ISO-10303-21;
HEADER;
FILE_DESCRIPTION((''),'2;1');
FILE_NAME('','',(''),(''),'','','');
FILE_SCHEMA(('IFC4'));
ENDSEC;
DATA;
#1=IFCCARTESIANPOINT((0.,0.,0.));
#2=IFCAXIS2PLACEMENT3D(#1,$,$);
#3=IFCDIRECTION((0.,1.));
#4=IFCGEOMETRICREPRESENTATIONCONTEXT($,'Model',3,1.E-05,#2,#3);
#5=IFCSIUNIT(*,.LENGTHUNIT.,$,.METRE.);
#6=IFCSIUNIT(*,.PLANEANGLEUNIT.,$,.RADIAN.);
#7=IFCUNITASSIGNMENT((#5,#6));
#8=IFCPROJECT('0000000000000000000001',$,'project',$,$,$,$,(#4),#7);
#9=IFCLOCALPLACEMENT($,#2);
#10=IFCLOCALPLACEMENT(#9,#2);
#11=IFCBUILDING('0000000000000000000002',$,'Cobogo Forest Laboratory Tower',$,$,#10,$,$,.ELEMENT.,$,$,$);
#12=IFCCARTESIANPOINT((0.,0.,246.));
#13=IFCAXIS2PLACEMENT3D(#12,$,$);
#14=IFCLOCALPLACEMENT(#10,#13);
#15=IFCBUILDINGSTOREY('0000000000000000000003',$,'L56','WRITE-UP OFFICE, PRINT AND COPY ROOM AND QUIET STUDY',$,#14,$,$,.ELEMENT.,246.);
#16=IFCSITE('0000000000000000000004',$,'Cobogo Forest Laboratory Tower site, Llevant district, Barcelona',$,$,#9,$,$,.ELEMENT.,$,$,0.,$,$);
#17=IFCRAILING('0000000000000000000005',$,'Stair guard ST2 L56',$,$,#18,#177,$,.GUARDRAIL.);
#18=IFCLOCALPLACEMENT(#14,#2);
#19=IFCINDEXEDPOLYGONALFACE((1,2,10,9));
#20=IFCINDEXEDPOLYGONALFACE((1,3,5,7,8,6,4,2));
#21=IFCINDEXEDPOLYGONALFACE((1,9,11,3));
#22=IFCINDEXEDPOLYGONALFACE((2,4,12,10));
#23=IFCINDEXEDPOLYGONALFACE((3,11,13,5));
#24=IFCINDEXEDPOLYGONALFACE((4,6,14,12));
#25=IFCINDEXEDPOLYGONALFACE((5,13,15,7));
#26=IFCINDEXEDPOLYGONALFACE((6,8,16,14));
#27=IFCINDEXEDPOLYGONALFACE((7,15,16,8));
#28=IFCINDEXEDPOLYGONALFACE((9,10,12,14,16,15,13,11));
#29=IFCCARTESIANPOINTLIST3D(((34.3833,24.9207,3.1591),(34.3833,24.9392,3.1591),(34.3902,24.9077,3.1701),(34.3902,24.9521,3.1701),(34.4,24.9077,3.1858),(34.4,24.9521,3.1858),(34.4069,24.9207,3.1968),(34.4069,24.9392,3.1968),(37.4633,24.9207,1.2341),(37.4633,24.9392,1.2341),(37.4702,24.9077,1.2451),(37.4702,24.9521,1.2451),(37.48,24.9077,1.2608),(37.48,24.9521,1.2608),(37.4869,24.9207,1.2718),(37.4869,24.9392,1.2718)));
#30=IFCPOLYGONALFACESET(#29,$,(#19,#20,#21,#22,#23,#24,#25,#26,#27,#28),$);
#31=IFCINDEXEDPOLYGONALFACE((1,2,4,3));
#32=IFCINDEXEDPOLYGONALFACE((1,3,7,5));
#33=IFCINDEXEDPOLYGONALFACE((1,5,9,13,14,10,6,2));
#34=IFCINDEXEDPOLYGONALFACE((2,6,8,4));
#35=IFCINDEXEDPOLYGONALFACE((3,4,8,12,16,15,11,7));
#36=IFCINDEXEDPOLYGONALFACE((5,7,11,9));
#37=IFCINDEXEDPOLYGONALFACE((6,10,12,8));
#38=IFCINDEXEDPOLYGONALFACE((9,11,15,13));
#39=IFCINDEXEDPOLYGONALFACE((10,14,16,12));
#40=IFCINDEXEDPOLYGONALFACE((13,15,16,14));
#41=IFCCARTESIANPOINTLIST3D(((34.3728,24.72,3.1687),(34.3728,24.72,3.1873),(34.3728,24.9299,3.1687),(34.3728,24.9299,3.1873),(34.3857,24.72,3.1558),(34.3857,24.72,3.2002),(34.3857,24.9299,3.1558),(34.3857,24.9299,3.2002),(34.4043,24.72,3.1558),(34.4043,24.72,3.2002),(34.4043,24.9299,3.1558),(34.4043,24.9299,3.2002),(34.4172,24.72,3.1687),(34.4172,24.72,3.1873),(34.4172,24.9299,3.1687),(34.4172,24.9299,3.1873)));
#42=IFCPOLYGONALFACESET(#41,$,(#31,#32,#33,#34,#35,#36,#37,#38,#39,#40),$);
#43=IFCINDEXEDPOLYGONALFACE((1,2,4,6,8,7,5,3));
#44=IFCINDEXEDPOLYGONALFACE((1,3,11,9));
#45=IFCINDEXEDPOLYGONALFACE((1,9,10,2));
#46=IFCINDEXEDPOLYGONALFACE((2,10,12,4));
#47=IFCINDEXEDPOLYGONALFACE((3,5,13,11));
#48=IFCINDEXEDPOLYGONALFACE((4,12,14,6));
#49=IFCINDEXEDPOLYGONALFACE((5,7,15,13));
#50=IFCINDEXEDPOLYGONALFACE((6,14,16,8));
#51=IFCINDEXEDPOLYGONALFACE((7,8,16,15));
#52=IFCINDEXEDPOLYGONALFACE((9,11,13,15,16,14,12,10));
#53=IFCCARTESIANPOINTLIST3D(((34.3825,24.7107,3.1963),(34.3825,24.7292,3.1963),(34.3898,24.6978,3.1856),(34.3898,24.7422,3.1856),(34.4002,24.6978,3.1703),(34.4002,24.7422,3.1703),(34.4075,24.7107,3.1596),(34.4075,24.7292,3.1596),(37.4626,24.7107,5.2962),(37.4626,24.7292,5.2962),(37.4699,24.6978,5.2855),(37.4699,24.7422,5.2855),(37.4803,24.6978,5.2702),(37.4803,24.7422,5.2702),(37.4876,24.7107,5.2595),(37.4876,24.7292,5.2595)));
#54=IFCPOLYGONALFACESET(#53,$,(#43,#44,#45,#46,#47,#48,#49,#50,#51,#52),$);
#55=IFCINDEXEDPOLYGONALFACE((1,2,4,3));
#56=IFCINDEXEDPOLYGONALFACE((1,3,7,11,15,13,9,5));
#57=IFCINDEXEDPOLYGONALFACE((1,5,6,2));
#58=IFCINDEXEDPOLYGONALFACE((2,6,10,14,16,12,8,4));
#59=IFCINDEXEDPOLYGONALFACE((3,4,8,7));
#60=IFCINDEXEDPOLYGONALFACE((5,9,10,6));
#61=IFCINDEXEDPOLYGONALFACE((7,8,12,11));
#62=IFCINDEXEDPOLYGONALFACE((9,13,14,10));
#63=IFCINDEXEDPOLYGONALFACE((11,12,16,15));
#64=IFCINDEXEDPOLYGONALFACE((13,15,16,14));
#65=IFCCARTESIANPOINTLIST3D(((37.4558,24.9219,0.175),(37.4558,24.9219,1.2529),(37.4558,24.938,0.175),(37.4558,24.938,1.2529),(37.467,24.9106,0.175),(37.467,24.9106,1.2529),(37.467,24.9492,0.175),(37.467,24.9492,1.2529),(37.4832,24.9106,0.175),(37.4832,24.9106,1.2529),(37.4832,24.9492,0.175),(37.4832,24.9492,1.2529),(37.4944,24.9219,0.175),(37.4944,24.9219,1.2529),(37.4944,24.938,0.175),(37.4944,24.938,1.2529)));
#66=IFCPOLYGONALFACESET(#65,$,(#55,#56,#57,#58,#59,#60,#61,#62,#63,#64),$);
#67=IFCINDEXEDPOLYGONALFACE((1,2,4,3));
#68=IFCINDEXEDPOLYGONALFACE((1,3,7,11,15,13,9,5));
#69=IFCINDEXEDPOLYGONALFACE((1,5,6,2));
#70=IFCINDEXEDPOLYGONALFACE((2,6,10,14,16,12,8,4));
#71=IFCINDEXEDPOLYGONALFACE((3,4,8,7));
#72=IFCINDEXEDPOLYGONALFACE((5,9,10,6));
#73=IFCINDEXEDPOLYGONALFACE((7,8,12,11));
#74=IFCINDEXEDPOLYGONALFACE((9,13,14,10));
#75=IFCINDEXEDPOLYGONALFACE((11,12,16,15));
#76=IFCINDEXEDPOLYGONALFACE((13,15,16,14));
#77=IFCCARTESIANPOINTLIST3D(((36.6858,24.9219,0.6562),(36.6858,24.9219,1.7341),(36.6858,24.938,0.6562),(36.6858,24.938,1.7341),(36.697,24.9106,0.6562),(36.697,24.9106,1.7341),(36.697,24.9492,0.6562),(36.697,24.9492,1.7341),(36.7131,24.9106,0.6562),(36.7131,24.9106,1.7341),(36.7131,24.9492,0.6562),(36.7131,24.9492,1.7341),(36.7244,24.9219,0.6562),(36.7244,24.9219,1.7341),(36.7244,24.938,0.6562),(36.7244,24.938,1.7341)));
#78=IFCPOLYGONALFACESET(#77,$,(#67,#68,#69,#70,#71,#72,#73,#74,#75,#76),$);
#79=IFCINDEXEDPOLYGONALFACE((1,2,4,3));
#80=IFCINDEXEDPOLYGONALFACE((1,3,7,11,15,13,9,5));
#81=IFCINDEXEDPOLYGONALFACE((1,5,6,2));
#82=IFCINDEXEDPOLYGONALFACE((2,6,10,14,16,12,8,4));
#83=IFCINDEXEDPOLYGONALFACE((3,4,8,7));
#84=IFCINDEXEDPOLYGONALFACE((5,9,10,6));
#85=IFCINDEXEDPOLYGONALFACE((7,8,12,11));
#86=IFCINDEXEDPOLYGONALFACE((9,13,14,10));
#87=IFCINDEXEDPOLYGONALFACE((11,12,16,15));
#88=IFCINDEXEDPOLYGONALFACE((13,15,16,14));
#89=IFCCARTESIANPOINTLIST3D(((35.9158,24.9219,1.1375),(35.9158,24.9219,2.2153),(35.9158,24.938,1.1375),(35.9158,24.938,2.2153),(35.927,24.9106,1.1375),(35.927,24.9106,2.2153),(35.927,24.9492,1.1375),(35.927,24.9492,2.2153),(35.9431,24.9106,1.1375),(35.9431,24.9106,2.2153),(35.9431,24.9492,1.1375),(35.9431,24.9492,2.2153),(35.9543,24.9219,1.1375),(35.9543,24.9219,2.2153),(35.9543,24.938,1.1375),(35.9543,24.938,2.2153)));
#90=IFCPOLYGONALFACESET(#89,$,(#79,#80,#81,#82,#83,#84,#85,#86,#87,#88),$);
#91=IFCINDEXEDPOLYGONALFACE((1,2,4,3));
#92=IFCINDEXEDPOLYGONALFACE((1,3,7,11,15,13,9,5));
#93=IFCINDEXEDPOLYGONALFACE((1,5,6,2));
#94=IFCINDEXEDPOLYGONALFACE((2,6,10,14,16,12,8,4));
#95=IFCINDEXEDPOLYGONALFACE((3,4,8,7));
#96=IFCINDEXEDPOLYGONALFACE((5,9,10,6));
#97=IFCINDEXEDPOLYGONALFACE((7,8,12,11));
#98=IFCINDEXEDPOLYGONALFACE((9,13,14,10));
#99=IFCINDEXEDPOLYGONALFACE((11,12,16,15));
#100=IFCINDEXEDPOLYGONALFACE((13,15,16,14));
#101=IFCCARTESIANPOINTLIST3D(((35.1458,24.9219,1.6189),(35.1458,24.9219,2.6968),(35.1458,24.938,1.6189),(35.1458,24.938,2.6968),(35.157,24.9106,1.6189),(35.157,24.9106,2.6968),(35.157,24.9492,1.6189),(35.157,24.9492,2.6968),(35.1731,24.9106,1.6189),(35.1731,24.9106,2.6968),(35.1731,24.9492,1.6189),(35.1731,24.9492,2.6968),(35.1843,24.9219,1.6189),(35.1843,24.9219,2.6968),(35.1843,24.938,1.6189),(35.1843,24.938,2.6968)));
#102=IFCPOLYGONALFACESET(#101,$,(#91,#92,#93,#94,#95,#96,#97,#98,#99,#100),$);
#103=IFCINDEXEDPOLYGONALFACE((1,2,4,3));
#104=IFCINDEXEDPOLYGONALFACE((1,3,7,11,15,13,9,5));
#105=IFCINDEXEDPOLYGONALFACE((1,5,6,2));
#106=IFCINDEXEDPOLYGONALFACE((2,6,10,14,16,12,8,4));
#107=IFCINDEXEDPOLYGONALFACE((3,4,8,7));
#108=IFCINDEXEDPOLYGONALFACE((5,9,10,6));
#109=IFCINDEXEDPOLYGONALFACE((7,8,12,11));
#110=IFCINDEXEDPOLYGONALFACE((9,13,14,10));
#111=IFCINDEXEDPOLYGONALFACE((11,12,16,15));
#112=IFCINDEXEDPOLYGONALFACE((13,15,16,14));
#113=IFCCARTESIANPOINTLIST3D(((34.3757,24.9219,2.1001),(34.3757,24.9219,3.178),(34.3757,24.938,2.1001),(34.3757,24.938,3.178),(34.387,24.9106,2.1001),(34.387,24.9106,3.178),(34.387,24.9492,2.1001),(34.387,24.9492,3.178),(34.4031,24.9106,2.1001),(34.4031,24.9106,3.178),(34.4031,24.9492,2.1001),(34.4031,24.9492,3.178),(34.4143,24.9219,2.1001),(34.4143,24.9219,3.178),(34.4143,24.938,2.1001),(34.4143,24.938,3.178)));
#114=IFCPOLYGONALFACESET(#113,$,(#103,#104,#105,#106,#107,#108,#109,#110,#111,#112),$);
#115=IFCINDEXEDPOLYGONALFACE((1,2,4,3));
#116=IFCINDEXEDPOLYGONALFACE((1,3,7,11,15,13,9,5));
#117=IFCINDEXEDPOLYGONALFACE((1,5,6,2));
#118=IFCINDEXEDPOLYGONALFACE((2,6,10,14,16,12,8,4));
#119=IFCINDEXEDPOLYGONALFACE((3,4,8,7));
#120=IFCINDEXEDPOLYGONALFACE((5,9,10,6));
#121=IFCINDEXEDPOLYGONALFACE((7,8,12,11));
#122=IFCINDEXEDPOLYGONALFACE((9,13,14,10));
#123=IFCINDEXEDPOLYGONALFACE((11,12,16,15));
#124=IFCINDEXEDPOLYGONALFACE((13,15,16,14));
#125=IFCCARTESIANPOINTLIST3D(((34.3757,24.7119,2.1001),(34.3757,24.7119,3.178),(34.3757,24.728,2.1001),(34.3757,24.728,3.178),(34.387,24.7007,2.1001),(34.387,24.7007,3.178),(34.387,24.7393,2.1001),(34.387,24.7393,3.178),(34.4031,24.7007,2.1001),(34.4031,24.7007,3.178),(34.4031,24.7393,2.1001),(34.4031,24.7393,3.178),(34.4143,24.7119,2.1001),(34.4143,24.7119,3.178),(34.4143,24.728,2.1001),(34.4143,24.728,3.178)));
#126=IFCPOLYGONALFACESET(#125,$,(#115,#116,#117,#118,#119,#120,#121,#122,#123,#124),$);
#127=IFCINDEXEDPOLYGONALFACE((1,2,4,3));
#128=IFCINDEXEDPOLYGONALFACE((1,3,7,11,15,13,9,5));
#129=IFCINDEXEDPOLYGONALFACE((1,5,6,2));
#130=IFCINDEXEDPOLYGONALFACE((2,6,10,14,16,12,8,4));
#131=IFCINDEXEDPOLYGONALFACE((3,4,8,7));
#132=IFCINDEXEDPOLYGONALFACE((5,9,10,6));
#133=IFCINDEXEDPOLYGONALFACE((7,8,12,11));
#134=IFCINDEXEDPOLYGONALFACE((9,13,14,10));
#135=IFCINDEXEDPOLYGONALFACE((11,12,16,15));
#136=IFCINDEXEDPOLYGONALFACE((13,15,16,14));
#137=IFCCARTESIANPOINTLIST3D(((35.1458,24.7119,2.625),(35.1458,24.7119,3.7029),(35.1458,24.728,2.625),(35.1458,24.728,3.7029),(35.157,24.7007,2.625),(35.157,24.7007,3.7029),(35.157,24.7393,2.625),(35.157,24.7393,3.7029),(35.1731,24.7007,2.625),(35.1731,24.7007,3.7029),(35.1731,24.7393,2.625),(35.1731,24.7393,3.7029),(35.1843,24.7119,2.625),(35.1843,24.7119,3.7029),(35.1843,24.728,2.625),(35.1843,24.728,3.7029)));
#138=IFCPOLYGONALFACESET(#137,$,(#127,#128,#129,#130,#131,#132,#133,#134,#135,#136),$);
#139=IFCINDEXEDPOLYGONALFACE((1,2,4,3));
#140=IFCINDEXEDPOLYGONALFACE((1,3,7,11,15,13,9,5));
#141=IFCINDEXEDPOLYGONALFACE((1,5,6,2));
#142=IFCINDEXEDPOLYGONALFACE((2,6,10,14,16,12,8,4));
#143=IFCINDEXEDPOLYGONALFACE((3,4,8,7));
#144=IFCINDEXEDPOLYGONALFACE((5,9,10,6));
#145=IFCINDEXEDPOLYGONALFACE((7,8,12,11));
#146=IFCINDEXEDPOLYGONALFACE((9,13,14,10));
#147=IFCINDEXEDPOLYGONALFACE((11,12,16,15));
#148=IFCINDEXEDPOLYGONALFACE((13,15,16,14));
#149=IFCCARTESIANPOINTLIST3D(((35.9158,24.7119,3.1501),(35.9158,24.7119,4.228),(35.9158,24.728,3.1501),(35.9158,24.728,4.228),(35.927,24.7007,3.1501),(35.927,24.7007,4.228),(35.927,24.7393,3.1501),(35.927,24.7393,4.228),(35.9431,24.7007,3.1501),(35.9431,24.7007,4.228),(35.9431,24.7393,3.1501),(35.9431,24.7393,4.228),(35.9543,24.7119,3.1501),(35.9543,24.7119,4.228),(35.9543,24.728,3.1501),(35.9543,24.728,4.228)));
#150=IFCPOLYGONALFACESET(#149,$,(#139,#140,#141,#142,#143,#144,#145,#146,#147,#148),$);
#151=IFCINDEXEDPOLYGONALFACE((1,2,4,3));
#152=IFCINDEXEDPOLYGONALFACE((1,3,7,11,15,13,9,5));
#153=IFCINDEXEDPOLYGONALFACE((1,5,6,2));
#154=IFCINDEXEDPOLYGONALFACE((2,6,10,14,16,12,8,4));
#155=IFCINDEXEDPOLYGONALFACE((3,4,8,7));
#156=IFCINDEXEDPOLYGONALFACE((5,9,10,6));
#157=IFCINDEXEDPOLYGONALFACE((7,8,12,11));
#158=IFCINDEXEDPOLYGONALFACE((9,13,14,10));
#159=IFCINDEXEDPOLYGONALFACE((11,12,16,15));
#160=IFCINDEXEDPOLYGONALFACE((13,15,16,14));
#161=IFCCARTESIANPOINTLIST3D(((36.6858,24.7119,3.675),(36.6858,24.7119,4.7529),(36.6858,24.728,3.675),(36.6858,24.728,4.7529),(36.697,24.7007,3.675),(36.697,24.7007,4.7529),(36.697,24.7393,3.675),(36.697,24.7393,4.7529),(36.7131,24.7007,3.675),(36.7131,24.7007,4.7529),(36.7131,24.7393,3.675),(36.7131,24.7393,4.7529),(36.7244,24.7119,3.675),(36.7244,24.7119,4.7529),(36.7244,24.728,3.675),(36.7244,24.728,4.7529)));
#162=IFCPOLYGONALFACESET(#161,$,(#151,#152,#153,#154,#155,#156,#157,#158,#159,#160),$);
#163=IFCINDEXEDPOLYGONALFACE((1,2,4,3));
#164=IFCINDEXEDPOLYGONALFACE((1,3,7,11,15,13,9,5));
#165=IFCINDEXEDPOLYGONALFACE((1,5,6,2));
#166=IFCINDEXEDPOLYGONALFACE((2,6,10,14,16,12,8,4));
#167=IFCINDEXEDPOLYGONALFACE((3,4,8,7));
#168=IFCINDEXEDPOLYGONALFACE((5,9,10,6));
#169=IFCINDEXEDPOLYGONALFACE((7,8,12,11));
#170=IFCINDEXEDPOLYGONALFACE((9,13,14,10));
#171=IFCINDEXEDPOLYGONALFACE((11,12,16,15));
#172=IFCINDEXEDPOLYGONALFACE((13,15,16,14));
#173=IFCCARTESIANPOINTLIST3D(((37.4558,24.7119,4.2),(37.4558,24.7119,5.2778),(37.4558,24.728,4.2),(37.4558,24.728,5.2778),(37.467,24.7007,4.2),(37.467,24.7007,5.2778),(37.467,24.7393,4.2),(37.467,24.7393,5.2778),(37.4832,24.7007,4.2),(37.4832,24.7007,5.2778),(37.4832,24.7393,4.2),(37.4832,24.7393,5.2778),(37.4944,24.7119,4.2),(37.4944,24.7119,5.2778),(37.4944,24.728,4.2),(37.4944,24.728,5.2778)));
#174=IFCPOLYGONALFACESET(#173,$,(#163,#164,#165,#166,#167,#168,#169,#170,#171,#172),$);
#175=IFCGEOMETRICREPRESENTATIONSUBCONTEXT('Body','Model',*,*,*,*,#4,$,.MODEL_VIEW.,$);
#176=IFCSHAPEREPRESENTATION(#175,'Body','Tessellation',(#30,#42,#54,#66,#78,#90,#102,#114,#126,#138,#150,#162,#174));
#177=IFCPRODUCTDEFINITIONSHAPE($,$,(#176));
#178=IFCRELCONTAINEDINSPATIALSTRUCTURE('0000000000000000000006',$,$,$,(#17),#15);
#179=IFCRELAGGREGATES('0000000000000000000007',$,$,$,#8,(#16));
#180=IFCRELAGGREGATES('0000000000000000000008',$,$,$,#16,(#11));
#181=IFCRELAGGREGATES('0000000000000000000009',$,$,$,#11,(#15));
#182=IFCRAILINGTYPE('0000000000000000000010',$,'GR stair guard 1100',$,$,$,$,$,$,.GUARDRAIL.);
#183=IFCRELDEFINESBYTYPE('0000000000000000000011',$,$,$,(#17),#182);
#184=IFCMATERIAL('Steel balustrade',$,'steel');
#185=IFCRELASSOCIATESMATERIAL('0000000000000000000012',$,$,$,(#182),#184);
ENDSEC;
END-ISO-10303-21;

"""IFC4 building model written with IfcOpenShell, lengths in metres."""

from ifc_helpers import new_model, si_unit, direction, frame, origin, place, context, subcontext, project, spatial, polyline, outline, extrude, material, type_object, element, save


model = new_model("IFC4")

# Units and contexts
model_context = context("Model", 3, precision=1e-05, world=origin(), true_north=direction((0.0, 1.0)))
body_context = subcontext(model_context, "Body", "Model", "MODEL_VIEW")
ifc_project = project(units=[si_unit("LENGTHUNIT", "METRE"), si_unit("PLANEANGLEUNIT", "RADIAN")], contexts=[model_context])

# Site, building, storey
site_placement = place(None, origin())
site = spatial("IfcSite", under=ifc_project, at=site_placement, Name="Cobogo Forest Laboratory Tower site, Llevant district, Barcelona", CompositionType="ELEMENT", RefElevation=0.0)
building_placement = place(site_placement, origin())
building = spatial("IfcBuilding", under=site, at=building_placement, Name="Cobogo Forest Laboratory Tower", CompositionType="ELEMENT")
storey_placement = place(building_placement, frame((0.0, 0.0, 246.0)))
storey = spatial("IfcBuildingStorey", under=building, at=storey_placement, Name="L56", Description="WRITE-UP OFFICE, PRINT AND COPY ROOM AND QUIET STUDY", CompositionType="ELEMENT", Elevation=246.0)

# Railing
ifc_material_1 = material(Name="Steel balustrade", Category="steel")
railing_type_1 = type_object("IfcRailingType", Name="GR stair guard 1100", PredefinedType="GUARDRAIL", material=ifc_material_1)
railing_1_placement = place(storey_placement, frame((37.4751, 24.9299, 0.175)))
element("IfcRailing", 1, at=railing_1_placement, inside=storey, type_object=railing_type_1, Name="Stair guard ST2 L56", PredefinedType="GUARDRAIL", context=body_context, shape_type="SweptSolid", body=[
    extrude(outline(polyline([(0.0222, 0.0093), (0.0093, 0.0222), (-0.0093, 0.0222), (-0.0222, 0.0093), (-0.0222, -0.0093), (-0.0093, -0.0222), (0.0093, -0.0222), (0.0222, -0.0093), (0.0222, 0.0093)])), frame((0.0, 0.0, 1.0779), z_axis=(-0.847998, 0.0, 0.529999), x_axis=(0.0, -1.0, 0.0)), (0.0, 0.0, 1.0), 3.6321),
    extrude(outline(polyline([(0.0222, 0.0093), (0.0093, 0.0222), (-0.0093, 0.0222), (-0.0222, 0.0093), (-0.0222, -0.0093), (-0.0093, -0.0222), (0.0093, -0.0222), (0.0222, -0.0093), (0.0222, 0.0093)])), frame((-3.0801, 0.0, 3.0029), z_axis=(0.0, -1.0, 0.0), x_axis=(1.0, 0.0, 0.0)), (0.0, 0.0, 1.0), 0.21),
    extrude(outline(polyline([(0.0222, 0.0093), (0.0093, 0.0222), (-0.0093, 0.0222), (-0.0222, 0.0093), (-0.0222, -0.0093), (-0.0093, -0.0222), (0.0093, -0.0222), (0.0222, -0.0093), (0.0222, 0.0093)])), frame((-3.0801, -0.21, 3.0029), z_axis=(0.826252, 0.0, 0.5633), x_axis=(0.0, 1.0, 0.0)), (0.0, 0.0, 1.0), 3.7278),
    extrude(outline(polyline([(0.0193, 0.0081), (0.0081, 0.0193), (-0.0081, 0.0193), (-0.0193, 0.0081), (-0.0193, -0.0081), (-0.0081, -0.0193), (0.0081, -0.0193), (0.0193, -0.0081), (0.0193, 0.0081)])), origin(), (0.0, 0.0, 1.0), 1.0779),
    extrude(outline(polyline([(0.0193, 0.0081), (0.0081, 0.0193), (-0.0081, 0.0193), (-0.0193, 0.0081), (-0.0193, -0.0081), (-0.0081, -0.0193), (0.0081, -0.0193), (0.0193, -0.0081), (0.0193, 0.0081)])), frame((-0.77, 0.0, 0.4812)), (0.0, 0.0, 1.0), 1.0779),
    extrude(outline(polyline([(0.0193, 0.0081), (0.0081, 0.0193), (-0.0081, 0.0193), (-0.0193, 0.0081), (-0.0193, -0.0081), (-0.0081, -0.0193), (0.0081, -0.0193), (0.0193, -0.0081), (0.0193, 0.0081)])), frame((-1.54, 0.0, 0.9624)), (0.0, 0.0, 1.0), 1.0779),
    extrude(outline(polyline([(0.0193, 0.0081), (0.0081, 0.0193), (-0.0081, 0.0193), (-0.0193, 0.0081), (-0.0193, -0.0081), (-0.0081, -0.0193), (0.0081, -0.0193), (0.0193, -0.0081), (0.0193, 0.0081)])), frame((-2.3101, 0.0, 1.4438)), (0.0, 0.0, 1.0), 1.0779),
    extrude(outline(polyline([(0.0193, 0.0081), (0.0081, 0.0193), (-0.0081, 0.0193), (-0.0193, 0.0081), (-0.0193, -0.0081), (-0.0081, -0.0193), (0.0081, -0.0193), (0.0193, -0.0081), (0.0193, 0.0081)])), frame((-3.0801, 0.0, 1.925)), (0.0, 0.0, 1.0), 1.0779),
    extrude(outline(polyline([(0.0193, 0.0081), (0.0081, 0.0193), (-0.0081, 0.0193), (-0.0193, 0.0081), (-0.0193, -0.0081), (-0.0081, -0.0193), (0.0081, -0.0193), (0.0193, -0.0081), (0.0193, 0.0081)])), frame((-3.0801, -0.21, 1.925)), (0.0, 0.0, 1.0), 1.0779),
    extrude(outline(polyline([(0.0193, 0.0081), (0.0081, 0.0193), (-0.0081, 0.0193), (-0.0193, 0.0081), (-0.0193, -0.0081), (-0.0081, -0.0193), (0.0081, -0.0193), (0.0193, -0.0081), (0.0193, 0.0081)])), frame((-2.3101, -0.21, 2.45)), (0.0, 0.0, 1.0), 1.0779),
    extrude(outline(polyline([(0.0193, 0.0081), (0.0081, 0.0193), (-0.0081, 0.0193), (-0.0193, 0.0081), (-0.0193, -0.0081), (-0.0081, -0.0193), (0.0081, -0.0193), (0.0193, -0.0081), (0.0193, 0.0081)])), frame((-1.54, -0.21, 2.9751)), (0.0, 0.0, 1.0), 1.0779),
    extrude(outline(polyline([(0.0193, 0.0081), (0.0081, 0.0193), (-0.0081, 0.0193), (-0.0193, 0.0081), (-0.0193, -0.0081), (-0.0081, -0.0193), (0.0081, -0.0193), (0.0193, -0.0081), (0.0193, 0.0081)])), frame((-0.77, -0.21, 3.5)), (0.0, 0.0, 1.0), 1.0779),
    extrude(outline(polyline([(0.0193, 0.0081), (0.0081, 0.0193), (-0.0081, 0.0193), (-0.0193, 0.0081), (-0.0193, -0.0081), (-0.0081, -0.0193), (0.0081, -0.0193), (0.0193, -0.0081), (0.0193, 0.0081)])), frame((0.0, -0.21, 4.0249)), (0.0, 0.0, 1.0), 1.0779),
])

save(model, "model.ifc")
